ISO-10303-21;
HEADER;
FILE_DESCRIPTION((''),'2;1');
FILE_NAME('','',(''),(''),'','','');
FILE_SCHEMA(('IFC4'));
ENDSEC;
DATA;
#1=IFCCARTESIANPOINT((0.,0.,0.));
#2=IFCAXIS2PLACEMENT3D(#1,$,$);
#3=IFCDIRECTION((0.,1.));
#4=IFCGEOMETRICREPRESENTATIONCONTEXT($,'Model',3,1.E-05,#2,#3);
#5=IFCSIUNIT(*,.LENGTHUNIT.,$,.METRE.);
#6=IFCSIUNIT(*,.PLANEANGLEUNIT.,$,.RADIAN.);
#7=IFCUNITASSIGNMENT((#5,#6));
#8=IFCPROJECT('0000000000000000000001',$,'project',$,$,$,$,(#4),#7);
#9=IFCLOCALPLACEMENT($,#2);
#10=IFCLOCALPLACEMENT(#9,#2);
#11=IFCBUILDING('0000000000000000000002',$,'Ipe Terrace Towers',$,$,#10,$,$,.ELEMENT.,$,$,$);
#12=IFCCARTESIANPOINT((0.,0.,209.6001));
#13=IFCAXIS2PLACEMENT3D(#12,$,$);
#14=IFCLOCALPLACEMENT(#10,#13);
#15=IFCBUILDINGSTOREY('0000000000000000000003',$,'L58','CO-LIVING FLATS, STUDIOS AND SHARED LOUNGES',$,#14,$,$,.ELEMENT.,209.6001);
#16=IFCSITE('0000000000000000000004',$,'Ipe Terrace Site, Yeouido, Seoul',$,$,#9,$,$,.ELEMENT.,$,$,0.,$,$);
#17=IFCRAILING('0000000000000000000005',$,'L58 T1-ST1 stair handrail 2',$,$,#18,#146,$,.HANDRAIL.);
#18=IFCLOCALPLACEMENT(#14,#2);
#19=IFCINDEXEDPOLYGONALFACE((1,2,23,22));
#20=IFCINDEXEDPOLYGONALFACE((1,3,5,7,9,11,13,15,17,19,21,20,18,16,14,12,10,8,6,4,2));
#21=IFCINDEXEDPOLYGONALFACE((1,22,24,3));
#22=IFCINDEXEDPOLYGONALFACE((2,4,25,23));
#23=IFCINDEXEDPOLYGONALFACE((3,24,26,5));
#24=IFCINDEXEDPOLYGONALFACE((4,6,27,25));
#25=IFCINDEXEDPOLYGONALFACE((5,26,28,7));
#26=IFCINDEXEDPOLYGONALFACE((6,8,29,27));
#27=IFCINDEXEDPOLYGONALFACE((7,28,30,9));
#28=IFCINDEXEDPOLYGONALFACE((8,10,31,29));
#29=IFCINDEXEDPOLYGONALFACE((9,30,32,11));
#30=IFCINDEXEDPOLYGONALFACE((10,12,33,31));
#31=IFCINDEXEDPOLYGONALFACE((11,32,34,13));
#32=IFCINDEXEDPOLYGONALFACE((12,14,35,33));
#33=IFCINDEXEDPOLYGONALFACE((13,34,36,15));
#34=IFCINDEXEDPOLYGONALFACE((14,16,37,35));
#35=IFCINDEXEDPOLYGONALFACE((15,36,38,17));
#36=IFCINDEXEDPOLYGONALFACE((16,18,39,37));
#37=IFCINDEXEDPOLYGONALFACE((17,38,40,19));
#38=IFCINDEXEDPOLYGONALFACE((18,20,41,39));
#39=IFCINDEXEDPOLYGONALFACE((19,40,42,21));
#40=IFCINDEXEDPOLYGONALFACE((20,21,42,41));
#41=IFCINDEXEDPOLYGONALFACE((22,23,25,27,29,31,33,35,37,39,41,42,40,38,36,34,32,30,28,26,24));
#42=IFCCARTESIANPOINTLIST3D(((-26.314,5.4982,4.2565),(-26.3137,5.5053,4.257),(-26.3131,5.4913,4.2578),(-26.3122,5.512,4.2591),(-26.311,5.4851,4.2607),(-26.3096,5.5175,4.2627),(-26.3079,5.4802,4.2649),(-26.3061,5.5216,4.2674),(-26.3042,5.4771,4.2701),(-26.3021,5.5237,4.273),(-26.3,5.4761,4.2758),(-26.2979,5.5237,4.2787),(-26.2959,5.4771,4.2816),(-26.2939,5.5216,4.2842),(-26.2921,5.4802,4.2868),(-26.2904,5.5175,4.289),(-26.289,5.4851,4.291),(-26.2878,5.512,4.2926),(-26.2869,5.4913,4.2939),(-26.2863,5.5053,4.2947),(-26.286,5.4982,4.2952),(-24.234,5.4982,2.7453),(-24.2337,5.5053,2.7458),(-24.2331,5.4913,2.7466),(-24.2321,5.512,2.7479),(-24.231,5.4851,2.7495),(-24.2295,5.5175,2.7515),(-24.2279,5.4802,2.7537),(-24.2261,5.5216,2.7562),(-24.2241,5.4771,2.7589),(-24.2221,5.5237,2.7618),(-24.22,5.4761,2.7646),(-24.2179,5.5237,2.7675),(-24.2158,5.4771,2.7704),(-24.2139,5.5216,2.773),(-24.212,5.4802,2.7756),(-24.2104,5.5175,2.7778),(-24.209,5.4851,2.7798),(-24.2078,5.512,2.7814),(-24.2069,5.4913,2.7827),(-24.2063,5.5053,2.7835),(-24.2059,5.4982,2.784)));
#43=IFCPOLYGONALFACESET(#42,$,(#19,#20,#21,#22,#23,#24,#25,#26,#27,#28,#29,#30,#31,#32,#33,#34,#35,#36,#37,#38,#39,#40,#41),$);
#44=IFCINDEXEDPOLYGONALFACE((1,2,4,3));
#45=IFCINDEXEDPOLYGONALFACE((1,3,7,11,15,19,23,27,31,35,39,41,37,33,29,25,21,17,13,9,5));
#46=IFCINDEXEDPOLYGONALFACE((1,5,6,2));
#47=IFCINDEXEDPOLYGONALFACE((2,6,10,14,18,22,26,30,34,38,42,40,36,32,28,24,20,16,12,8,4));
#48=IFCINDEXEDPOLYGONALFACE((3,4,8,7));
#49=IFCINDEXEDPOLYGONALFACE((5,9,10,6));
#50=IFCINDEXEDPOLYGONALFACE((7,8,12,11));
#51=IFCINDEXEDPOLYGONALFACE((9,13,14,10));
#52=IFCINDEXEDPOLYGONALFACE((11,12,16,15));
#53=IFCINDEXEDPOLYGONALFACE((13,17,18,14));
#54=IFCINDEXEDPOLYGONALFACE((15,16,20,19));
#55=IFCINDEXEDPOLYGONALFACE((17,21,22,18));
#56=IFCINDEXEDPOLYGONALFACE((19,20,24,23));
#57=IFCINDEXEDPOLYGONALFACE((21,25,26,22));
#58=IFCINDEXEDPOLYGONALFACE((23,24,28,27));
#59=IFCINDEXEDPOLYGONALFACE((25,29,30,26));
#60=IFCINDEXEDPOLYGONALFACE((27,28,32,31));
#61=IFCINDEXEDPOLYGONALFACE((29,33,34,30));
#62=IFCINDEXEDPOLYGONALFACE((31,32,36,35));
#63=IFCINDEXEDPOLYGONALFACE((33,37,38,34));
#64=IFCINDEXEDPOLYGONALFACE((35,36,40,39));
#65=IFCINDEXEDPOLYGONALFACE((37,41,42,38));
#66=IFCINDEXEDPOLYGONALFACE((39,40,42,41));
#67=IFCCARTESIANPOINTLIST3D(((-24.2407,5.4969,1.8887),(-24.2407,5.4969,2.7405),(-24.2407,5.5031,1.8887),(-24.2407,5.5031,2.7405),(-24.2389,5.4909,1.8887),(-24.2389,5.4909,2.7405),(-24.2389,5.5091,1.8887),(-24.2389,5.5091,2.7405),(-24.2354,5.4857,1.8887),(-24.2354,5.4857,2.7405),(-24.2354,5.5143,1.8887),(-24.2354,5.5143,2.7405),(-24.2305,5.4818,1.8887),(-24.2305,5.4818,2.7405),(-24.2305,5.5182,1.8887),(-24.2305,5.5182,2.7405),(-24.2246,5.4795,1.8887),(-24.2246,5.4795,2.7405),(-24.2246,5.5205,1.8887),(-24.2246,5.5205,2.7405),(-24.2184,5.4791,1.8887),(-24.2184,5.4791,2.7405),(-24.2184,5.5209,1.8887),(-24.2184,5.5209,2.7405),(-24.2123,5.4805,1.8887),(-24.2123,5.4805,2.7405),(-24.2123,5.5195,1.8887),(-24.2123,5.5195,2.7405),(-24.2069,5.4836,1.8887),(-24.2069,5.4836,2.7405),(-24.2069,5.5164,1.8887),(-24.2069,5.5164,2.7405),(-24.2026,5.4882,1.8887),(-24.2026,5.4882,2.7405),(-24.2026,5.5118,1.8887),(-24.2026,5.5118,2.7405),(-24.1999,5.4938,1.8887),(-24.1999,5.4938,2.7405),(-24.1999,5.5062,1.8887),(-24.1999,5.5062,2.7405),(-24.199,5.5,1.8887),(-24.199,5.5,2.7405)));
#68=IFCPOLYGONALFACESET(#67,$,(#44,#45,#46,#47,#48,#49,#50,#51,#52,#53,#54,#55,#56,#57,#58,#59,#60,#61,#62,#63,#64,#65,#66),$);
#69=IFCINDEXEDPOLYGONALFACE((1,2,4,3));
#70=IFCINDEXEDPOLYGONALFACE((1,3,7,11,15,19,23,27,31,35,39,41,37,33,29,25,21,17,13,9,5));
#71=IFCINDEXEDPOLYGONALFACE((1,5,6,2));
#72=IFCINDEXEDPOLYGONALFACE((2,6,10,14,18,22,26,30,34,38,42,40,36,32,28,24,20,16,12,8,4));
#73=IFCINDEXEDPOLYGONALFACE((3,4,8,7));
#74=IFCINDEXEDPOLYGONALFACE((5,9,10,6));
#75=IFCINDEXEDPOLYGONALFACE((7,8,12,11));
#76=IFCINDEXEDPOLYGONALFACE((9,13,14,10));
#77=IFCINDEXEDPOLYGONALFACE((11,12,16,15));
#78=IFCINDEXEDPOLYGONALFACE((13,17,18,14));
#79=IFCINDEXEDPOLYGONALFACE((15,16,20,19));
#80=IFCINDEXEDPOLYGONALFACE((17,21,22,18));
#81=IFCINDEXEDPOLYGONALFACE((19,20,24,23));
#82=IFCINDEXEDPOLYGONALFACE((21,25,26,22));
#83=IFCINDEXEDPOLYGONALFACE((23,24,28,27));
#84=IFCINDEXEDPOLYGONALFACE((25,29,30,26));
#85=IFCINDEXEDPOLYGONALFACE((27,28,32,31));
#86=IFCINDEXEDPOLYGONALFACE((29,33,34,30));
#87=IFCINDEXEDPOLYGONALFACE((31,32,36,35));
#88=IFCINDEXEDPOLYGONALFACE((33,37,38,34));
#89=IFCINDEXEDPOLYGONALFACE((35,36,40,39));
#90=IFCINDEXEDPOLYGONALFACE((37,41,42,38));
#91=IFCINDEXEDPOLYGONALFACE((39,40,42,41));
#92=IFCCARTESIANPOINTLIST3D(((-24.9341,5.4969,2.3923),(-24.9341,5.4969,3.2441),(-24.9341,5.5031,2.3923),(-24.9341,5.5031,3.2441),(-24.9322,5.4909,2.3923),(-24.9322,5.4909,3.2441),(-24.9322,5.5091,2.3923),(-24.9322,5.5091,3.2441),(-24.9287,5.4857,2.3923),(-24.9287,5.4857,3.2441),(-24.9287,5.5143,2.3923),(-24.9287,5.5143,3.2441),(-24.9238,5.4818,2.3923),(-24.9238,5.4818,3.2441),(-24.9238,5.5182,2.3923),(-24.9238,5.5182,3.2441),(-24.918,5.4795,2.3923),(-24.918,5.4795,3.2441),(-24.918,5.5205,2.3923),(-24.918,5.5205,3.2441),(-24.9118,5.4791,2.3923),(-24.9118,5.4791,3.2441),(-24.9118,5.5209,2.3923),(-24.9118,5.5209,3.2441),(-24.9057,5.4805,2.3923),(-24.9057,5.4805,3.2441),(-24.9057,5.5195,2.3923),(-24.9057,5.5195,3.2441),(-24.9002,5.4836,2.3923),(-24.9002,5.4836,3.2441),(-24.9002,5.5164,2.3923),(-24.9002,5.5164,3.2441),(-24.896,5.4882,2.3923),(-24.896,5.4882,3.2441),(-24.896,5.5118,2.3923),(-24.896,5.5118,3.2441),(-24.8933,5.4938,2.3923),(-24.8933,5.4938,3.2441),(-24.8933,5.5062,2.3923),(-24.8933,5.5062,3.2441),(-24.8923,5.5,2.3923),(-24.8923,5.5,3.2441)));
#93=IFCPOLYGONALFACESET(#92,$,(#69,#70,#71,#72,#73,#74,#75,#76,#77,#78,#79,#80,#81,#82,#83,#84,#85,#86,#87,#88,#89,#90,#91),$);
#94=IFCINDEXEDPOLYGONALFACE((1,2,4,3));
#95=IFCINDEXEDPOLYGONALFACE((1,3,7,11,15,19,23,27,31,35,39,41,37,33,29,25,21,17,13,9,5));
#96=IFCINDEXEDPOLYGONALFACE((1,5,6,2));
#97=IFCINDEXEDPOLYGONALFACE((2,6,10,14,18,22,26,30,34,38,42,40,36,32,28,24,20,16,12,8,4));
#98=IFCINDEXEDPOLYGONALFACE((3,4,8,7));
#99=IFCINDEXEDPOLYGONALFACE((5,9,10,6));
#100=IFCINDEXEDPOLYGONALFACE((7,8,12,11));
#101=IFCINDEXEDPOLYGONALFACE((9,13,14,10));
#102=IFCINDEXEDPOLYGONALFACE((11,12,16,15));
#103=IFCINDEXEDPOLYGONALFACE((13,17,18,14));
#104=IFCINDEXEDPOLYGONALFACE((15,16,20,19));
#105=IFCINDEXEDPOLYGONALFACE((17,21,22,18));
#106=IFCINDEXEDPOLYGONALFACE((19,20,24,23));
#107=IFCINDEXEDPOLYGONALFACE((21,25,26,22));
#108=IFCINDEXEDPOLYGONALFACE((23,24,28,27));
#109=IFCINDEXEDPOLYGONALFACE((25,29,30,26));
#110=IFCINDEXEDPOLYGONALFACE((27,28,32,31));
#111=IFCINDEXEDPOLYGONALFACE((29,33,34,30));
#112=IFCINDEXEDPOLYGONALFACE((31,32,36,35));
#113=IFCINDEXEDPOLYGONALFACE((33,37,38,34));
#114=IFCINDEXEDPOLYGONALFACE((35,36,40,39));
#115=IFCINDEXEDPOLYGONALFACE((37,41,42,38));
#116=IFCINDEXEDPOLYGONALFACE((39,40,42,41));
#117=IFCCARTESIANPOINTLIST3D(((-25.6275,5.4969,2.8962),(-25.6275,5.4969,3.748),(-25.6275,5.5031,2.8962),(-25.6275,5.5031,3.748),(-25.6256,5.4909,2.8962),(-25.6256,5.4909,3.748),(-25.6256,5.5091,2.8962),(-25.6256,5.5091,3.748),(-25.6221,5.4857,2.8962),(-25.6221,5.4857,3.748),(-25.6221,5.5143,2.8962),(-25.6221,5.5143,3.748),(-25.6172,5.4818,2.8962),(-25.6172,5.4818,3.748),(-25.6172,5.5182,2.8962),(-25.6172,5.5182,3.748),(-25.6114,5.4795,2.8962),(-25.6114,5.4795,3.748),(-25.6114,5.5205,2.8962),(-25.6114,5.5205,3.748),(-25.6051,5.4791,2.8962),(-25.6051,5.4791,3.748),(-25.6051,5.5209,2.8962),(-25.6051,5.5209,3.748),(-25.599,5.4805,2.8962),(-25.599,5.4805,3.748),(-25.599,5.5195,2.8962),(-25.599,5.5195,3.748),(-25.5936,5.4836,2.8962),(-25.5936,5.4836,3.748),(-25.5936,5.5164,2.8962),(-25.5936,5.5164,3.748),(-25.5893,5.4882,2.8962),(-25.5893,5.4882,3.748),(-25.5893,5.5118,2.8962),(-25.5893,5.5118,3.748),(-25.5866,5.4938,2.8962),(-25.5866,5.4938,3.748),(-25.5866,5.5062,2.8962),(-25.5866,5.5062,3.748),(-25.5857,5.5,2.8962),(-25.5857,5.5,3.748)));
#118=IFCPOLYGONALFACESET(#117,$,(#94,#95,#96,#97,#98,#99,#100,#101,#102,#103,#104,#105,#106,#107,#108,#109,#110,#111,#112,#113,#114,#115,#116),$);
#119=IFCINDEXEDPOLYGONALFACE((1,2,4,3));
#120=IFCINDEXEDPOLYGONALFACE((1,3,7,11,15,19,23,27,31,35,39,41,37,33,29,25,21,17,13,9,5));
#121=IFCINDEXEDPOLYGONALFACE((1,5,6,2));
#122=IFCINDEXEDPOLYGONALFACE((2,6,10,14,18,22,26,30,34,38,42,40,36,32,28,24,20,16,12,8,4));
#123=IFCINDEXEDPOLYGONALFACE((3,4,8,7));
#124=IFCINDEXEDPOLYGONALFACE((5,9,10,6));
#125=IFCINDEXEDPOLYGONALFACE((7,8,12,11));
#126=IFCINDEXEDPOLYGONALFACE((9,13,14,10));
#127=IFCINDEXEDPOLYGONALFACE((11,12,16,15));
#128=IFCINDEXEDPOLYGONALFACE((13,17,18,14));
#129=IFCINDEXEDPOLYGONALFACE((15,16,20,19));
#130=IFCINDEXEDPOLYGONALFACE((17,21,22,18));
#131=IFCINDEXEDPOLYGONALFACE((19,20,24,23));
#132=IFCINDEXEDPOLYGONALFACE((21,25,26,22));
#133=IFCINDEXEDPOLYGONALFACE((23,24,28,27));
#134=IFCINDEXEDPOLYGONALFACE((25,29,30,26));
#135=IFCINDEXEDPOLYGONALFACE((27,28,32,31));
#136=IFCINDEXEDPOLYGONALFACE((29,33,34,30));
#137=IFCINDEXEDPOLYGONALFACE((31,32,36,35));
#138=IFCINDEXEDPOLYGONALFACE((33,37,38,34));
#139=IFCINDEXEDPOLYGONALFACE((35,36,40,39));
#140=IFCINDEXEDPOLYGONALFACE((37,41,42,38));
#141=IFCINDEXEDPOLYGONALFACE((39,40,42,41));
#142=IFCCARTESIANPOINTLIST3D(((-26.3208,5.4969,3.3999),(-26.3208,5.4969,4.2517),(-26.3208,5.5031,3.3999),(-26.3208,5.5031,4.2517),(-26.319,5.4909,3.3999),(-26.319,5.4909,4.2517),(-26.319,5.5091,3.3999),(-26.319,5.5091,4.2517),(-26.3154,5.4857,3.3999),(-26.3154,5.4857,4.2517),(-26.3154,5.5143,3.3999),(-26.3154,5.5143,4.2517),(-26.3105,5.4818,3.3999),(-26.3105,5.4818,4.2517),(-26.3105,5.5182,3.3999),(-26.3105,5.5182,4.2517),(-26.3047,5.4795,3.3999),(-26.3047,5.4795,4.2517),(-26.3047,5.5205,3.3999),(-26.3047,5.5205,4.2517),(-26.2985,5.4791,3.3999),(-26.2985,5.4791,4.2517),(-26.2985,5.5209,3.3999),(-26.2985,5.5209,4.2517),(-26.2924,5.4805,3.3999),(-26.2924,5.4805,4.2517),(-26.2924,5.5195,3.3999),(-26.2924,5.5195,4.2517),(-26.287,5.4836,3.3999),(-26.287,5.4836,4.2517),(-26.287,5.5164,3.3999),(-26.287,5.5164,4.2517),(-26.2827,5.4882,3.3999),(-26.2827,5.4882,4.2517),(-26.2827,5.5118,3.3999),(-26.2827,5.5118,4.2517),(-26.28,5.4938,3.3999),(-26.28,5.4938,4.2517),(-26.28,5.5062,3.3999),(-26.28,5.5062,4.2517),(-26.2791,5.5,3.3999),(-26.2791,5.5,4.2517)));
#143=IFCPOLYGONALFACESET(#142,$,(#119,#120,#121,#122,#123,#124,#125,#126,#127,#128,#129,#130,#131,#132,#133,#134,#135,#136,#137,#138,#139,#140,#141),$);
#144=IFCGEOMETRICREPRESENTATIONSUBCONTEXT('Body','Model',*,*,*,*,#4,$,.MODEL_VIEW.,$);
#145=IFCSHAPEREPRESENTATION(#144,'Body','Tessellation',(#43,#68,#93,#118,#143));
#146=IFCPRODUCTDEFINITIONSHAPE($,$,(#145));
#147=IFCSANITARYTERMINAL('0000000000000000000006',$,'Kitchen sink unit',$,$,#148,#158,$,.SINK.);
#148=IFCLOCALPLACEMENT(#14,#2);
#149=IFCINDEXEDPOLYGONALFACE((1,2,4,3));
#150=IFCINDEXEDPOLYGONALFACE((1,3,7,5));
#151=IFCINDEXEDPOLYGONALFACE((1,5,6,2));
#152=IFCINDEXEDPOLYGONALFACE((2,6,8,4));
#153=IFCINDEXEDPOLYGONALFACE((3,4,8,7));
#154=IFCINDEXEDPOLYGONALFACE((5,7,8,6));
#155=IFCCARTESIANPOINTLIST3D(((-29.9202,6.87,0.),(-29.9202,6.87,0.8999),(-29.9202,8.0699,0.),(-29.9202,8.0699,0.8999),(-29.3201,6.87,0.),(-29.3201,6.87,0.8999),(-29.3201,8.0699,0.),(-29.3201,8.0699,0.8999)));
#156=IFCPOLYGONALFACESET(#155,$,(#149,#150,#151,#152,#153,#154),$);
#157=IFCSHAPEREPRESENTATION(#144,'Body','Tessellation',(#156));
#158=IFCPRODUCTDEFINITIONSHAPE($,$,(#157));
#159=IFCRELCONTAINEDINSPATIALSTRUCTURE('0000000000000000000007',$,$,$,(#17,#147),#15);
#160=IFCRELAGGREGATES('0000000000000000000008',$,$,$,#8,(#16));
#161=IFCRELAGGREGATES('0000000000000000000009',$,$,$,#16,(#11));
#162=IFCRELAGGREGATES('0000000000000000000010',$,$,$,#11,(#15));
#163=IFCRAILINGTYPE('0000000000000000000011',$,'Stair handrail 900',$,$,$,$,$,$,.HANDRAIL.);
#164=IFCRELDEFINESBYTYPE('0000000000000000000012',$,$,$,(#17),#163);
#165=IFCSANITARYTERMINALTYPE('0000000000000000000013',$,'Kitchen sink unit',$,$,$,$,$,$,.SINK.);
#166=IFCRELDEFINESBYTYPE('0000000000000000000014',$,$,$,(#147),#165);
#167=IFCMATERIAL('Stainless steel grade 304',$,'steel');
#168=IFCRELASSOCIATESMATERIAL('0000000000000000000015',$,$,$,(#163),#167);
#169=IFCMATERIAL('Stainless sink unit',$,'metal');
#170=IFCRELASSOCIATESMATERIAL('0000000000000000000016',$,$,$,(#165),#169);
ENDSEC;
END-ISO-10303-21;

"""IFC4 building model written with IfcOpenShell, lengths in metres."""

from ifc_helpers import new_model, si_unit, direction, frame, origin, origin_2d, place, context, subcontext, project, spatial, rectangle, circle, extrude, material, type_object, element, save


model = new_model("IFC4")

# Units and contexts
model_context = context("Model", 3, precision=1e-05, world=origin(), true_north=direction((0.0, 1.0)))
body_context = subcontext(model_context, "Body", "Model", "MODEL_VIEW")
ifc_project = project(units=[si_unit("LENGTHUNIT", "METRE"), si_unit("PLANEANGLEUNIT", "RADIAN")], contexts=[model_context])

# Site, building, storey
site_placement = place(None, origin())
site = spatial("IfcSite", under=ifc_project, at=site_placement, Name="Ipe Terrace Site, Yeouido, Seoul", CompositionType="ELEMENT", RefElevation=0.0)
building_placement = place(site_placement, origin())
building = spatial("IfcBuilding", under=site, at=building_placement, Name="Ipe Terrace Towers", CompositionType="ELEMENT")
storey_placement = place(building_placement, frame((0.0, 0.0, 209.6001)))
storey = spatial("IfcBuildingStorey", under=building, at=storey_placement, Name="L58", Description="CO-LIVING FLATS, STUDIOS AND SHARED LOUNGES", CompositionType="ELEMENT", Elevation=209.6001)

# Railing
ifc_material_1 = material(Name="Stainless steel grade 304", Category="steel")
railing_type_1 = type_object("IfcRailingType", Name="Stair handrail 900", PredefinedType="HANDRAIL", material=ifc_material_1)
railing_1_placement = place(storey_placement, frame((-24.22, 5.5, 1.8887)))
element("IfcRailing", 1, at=railing_1_placement, inside=storey, type_object=railing_type_1, Name="L58 T1-ST1 stair handrail 2", PredefinedType="HANDRAIL", context=body_context, shape_type="SweptSolid", body=[
    extrude(circle(Radius=0.0239, at=origin_2d()), frame((0.0, 0.0, 0.876), z_axis=(-0.809023, 0.0, 0.587776), x_axis=(0.0, -1.0, 0.0)), (0.0, 0.0, 1.0), 2.571),
    extrude(circle(Radius=0.021, at=origin_2d()), origin(), (0.0, 0.0, 1.0), 0.8518),
    extrude(circle(Radius=0.021, at=origin_2d()), frame((-0.6934, 0.0, 0.5037)), (0.0, 0.0, 1.0), 0.8518),
    extrude(circle(Radius=0.021, at=origin_2d()), frame((-1.3867, 0.0, 1.0076)), (0.0, 0.0, 1.0), 0.8518),
    extrude(circle(Radius=0.021, at=origin_2d()), frame((-2.0801, 0.0, 1.5112)), (0.0, 0.0, 1.0), 0.8518),
])

# Sanitary terminal
ifc_material_2 = material(Name="Stainless sink unit", Category="metal")
sanitary_terminal_type = type_object("IfcSanitaryTerminalType", Name="Kitchen sink unit", PredefinedType="SINK", material=ifc_material_2)
sanitary_terminal_placement = place(storey_placement, frame((-29.6201, 7.47, 0.0), z_axis=(0.0, 0.0, 1.0), x_axis=(0.0, -1.0, 0.0)))
element("IfcSanitaryTerminal", 2, at=sanitary_terminal_placement, inside=storey, type_object=sanitary_terminal_type, Name="Kitchen sink unit", PredefinedType="SINK", context=body_context, shape_type="SweptSolid", body=[
    extrude(rectangle(XDim=1.2, YDim=0.6001, at=origin_2d()), origin(), (0.0, 0.0, 1.0), 0.8999),
])

save(model, "model.ifc")
